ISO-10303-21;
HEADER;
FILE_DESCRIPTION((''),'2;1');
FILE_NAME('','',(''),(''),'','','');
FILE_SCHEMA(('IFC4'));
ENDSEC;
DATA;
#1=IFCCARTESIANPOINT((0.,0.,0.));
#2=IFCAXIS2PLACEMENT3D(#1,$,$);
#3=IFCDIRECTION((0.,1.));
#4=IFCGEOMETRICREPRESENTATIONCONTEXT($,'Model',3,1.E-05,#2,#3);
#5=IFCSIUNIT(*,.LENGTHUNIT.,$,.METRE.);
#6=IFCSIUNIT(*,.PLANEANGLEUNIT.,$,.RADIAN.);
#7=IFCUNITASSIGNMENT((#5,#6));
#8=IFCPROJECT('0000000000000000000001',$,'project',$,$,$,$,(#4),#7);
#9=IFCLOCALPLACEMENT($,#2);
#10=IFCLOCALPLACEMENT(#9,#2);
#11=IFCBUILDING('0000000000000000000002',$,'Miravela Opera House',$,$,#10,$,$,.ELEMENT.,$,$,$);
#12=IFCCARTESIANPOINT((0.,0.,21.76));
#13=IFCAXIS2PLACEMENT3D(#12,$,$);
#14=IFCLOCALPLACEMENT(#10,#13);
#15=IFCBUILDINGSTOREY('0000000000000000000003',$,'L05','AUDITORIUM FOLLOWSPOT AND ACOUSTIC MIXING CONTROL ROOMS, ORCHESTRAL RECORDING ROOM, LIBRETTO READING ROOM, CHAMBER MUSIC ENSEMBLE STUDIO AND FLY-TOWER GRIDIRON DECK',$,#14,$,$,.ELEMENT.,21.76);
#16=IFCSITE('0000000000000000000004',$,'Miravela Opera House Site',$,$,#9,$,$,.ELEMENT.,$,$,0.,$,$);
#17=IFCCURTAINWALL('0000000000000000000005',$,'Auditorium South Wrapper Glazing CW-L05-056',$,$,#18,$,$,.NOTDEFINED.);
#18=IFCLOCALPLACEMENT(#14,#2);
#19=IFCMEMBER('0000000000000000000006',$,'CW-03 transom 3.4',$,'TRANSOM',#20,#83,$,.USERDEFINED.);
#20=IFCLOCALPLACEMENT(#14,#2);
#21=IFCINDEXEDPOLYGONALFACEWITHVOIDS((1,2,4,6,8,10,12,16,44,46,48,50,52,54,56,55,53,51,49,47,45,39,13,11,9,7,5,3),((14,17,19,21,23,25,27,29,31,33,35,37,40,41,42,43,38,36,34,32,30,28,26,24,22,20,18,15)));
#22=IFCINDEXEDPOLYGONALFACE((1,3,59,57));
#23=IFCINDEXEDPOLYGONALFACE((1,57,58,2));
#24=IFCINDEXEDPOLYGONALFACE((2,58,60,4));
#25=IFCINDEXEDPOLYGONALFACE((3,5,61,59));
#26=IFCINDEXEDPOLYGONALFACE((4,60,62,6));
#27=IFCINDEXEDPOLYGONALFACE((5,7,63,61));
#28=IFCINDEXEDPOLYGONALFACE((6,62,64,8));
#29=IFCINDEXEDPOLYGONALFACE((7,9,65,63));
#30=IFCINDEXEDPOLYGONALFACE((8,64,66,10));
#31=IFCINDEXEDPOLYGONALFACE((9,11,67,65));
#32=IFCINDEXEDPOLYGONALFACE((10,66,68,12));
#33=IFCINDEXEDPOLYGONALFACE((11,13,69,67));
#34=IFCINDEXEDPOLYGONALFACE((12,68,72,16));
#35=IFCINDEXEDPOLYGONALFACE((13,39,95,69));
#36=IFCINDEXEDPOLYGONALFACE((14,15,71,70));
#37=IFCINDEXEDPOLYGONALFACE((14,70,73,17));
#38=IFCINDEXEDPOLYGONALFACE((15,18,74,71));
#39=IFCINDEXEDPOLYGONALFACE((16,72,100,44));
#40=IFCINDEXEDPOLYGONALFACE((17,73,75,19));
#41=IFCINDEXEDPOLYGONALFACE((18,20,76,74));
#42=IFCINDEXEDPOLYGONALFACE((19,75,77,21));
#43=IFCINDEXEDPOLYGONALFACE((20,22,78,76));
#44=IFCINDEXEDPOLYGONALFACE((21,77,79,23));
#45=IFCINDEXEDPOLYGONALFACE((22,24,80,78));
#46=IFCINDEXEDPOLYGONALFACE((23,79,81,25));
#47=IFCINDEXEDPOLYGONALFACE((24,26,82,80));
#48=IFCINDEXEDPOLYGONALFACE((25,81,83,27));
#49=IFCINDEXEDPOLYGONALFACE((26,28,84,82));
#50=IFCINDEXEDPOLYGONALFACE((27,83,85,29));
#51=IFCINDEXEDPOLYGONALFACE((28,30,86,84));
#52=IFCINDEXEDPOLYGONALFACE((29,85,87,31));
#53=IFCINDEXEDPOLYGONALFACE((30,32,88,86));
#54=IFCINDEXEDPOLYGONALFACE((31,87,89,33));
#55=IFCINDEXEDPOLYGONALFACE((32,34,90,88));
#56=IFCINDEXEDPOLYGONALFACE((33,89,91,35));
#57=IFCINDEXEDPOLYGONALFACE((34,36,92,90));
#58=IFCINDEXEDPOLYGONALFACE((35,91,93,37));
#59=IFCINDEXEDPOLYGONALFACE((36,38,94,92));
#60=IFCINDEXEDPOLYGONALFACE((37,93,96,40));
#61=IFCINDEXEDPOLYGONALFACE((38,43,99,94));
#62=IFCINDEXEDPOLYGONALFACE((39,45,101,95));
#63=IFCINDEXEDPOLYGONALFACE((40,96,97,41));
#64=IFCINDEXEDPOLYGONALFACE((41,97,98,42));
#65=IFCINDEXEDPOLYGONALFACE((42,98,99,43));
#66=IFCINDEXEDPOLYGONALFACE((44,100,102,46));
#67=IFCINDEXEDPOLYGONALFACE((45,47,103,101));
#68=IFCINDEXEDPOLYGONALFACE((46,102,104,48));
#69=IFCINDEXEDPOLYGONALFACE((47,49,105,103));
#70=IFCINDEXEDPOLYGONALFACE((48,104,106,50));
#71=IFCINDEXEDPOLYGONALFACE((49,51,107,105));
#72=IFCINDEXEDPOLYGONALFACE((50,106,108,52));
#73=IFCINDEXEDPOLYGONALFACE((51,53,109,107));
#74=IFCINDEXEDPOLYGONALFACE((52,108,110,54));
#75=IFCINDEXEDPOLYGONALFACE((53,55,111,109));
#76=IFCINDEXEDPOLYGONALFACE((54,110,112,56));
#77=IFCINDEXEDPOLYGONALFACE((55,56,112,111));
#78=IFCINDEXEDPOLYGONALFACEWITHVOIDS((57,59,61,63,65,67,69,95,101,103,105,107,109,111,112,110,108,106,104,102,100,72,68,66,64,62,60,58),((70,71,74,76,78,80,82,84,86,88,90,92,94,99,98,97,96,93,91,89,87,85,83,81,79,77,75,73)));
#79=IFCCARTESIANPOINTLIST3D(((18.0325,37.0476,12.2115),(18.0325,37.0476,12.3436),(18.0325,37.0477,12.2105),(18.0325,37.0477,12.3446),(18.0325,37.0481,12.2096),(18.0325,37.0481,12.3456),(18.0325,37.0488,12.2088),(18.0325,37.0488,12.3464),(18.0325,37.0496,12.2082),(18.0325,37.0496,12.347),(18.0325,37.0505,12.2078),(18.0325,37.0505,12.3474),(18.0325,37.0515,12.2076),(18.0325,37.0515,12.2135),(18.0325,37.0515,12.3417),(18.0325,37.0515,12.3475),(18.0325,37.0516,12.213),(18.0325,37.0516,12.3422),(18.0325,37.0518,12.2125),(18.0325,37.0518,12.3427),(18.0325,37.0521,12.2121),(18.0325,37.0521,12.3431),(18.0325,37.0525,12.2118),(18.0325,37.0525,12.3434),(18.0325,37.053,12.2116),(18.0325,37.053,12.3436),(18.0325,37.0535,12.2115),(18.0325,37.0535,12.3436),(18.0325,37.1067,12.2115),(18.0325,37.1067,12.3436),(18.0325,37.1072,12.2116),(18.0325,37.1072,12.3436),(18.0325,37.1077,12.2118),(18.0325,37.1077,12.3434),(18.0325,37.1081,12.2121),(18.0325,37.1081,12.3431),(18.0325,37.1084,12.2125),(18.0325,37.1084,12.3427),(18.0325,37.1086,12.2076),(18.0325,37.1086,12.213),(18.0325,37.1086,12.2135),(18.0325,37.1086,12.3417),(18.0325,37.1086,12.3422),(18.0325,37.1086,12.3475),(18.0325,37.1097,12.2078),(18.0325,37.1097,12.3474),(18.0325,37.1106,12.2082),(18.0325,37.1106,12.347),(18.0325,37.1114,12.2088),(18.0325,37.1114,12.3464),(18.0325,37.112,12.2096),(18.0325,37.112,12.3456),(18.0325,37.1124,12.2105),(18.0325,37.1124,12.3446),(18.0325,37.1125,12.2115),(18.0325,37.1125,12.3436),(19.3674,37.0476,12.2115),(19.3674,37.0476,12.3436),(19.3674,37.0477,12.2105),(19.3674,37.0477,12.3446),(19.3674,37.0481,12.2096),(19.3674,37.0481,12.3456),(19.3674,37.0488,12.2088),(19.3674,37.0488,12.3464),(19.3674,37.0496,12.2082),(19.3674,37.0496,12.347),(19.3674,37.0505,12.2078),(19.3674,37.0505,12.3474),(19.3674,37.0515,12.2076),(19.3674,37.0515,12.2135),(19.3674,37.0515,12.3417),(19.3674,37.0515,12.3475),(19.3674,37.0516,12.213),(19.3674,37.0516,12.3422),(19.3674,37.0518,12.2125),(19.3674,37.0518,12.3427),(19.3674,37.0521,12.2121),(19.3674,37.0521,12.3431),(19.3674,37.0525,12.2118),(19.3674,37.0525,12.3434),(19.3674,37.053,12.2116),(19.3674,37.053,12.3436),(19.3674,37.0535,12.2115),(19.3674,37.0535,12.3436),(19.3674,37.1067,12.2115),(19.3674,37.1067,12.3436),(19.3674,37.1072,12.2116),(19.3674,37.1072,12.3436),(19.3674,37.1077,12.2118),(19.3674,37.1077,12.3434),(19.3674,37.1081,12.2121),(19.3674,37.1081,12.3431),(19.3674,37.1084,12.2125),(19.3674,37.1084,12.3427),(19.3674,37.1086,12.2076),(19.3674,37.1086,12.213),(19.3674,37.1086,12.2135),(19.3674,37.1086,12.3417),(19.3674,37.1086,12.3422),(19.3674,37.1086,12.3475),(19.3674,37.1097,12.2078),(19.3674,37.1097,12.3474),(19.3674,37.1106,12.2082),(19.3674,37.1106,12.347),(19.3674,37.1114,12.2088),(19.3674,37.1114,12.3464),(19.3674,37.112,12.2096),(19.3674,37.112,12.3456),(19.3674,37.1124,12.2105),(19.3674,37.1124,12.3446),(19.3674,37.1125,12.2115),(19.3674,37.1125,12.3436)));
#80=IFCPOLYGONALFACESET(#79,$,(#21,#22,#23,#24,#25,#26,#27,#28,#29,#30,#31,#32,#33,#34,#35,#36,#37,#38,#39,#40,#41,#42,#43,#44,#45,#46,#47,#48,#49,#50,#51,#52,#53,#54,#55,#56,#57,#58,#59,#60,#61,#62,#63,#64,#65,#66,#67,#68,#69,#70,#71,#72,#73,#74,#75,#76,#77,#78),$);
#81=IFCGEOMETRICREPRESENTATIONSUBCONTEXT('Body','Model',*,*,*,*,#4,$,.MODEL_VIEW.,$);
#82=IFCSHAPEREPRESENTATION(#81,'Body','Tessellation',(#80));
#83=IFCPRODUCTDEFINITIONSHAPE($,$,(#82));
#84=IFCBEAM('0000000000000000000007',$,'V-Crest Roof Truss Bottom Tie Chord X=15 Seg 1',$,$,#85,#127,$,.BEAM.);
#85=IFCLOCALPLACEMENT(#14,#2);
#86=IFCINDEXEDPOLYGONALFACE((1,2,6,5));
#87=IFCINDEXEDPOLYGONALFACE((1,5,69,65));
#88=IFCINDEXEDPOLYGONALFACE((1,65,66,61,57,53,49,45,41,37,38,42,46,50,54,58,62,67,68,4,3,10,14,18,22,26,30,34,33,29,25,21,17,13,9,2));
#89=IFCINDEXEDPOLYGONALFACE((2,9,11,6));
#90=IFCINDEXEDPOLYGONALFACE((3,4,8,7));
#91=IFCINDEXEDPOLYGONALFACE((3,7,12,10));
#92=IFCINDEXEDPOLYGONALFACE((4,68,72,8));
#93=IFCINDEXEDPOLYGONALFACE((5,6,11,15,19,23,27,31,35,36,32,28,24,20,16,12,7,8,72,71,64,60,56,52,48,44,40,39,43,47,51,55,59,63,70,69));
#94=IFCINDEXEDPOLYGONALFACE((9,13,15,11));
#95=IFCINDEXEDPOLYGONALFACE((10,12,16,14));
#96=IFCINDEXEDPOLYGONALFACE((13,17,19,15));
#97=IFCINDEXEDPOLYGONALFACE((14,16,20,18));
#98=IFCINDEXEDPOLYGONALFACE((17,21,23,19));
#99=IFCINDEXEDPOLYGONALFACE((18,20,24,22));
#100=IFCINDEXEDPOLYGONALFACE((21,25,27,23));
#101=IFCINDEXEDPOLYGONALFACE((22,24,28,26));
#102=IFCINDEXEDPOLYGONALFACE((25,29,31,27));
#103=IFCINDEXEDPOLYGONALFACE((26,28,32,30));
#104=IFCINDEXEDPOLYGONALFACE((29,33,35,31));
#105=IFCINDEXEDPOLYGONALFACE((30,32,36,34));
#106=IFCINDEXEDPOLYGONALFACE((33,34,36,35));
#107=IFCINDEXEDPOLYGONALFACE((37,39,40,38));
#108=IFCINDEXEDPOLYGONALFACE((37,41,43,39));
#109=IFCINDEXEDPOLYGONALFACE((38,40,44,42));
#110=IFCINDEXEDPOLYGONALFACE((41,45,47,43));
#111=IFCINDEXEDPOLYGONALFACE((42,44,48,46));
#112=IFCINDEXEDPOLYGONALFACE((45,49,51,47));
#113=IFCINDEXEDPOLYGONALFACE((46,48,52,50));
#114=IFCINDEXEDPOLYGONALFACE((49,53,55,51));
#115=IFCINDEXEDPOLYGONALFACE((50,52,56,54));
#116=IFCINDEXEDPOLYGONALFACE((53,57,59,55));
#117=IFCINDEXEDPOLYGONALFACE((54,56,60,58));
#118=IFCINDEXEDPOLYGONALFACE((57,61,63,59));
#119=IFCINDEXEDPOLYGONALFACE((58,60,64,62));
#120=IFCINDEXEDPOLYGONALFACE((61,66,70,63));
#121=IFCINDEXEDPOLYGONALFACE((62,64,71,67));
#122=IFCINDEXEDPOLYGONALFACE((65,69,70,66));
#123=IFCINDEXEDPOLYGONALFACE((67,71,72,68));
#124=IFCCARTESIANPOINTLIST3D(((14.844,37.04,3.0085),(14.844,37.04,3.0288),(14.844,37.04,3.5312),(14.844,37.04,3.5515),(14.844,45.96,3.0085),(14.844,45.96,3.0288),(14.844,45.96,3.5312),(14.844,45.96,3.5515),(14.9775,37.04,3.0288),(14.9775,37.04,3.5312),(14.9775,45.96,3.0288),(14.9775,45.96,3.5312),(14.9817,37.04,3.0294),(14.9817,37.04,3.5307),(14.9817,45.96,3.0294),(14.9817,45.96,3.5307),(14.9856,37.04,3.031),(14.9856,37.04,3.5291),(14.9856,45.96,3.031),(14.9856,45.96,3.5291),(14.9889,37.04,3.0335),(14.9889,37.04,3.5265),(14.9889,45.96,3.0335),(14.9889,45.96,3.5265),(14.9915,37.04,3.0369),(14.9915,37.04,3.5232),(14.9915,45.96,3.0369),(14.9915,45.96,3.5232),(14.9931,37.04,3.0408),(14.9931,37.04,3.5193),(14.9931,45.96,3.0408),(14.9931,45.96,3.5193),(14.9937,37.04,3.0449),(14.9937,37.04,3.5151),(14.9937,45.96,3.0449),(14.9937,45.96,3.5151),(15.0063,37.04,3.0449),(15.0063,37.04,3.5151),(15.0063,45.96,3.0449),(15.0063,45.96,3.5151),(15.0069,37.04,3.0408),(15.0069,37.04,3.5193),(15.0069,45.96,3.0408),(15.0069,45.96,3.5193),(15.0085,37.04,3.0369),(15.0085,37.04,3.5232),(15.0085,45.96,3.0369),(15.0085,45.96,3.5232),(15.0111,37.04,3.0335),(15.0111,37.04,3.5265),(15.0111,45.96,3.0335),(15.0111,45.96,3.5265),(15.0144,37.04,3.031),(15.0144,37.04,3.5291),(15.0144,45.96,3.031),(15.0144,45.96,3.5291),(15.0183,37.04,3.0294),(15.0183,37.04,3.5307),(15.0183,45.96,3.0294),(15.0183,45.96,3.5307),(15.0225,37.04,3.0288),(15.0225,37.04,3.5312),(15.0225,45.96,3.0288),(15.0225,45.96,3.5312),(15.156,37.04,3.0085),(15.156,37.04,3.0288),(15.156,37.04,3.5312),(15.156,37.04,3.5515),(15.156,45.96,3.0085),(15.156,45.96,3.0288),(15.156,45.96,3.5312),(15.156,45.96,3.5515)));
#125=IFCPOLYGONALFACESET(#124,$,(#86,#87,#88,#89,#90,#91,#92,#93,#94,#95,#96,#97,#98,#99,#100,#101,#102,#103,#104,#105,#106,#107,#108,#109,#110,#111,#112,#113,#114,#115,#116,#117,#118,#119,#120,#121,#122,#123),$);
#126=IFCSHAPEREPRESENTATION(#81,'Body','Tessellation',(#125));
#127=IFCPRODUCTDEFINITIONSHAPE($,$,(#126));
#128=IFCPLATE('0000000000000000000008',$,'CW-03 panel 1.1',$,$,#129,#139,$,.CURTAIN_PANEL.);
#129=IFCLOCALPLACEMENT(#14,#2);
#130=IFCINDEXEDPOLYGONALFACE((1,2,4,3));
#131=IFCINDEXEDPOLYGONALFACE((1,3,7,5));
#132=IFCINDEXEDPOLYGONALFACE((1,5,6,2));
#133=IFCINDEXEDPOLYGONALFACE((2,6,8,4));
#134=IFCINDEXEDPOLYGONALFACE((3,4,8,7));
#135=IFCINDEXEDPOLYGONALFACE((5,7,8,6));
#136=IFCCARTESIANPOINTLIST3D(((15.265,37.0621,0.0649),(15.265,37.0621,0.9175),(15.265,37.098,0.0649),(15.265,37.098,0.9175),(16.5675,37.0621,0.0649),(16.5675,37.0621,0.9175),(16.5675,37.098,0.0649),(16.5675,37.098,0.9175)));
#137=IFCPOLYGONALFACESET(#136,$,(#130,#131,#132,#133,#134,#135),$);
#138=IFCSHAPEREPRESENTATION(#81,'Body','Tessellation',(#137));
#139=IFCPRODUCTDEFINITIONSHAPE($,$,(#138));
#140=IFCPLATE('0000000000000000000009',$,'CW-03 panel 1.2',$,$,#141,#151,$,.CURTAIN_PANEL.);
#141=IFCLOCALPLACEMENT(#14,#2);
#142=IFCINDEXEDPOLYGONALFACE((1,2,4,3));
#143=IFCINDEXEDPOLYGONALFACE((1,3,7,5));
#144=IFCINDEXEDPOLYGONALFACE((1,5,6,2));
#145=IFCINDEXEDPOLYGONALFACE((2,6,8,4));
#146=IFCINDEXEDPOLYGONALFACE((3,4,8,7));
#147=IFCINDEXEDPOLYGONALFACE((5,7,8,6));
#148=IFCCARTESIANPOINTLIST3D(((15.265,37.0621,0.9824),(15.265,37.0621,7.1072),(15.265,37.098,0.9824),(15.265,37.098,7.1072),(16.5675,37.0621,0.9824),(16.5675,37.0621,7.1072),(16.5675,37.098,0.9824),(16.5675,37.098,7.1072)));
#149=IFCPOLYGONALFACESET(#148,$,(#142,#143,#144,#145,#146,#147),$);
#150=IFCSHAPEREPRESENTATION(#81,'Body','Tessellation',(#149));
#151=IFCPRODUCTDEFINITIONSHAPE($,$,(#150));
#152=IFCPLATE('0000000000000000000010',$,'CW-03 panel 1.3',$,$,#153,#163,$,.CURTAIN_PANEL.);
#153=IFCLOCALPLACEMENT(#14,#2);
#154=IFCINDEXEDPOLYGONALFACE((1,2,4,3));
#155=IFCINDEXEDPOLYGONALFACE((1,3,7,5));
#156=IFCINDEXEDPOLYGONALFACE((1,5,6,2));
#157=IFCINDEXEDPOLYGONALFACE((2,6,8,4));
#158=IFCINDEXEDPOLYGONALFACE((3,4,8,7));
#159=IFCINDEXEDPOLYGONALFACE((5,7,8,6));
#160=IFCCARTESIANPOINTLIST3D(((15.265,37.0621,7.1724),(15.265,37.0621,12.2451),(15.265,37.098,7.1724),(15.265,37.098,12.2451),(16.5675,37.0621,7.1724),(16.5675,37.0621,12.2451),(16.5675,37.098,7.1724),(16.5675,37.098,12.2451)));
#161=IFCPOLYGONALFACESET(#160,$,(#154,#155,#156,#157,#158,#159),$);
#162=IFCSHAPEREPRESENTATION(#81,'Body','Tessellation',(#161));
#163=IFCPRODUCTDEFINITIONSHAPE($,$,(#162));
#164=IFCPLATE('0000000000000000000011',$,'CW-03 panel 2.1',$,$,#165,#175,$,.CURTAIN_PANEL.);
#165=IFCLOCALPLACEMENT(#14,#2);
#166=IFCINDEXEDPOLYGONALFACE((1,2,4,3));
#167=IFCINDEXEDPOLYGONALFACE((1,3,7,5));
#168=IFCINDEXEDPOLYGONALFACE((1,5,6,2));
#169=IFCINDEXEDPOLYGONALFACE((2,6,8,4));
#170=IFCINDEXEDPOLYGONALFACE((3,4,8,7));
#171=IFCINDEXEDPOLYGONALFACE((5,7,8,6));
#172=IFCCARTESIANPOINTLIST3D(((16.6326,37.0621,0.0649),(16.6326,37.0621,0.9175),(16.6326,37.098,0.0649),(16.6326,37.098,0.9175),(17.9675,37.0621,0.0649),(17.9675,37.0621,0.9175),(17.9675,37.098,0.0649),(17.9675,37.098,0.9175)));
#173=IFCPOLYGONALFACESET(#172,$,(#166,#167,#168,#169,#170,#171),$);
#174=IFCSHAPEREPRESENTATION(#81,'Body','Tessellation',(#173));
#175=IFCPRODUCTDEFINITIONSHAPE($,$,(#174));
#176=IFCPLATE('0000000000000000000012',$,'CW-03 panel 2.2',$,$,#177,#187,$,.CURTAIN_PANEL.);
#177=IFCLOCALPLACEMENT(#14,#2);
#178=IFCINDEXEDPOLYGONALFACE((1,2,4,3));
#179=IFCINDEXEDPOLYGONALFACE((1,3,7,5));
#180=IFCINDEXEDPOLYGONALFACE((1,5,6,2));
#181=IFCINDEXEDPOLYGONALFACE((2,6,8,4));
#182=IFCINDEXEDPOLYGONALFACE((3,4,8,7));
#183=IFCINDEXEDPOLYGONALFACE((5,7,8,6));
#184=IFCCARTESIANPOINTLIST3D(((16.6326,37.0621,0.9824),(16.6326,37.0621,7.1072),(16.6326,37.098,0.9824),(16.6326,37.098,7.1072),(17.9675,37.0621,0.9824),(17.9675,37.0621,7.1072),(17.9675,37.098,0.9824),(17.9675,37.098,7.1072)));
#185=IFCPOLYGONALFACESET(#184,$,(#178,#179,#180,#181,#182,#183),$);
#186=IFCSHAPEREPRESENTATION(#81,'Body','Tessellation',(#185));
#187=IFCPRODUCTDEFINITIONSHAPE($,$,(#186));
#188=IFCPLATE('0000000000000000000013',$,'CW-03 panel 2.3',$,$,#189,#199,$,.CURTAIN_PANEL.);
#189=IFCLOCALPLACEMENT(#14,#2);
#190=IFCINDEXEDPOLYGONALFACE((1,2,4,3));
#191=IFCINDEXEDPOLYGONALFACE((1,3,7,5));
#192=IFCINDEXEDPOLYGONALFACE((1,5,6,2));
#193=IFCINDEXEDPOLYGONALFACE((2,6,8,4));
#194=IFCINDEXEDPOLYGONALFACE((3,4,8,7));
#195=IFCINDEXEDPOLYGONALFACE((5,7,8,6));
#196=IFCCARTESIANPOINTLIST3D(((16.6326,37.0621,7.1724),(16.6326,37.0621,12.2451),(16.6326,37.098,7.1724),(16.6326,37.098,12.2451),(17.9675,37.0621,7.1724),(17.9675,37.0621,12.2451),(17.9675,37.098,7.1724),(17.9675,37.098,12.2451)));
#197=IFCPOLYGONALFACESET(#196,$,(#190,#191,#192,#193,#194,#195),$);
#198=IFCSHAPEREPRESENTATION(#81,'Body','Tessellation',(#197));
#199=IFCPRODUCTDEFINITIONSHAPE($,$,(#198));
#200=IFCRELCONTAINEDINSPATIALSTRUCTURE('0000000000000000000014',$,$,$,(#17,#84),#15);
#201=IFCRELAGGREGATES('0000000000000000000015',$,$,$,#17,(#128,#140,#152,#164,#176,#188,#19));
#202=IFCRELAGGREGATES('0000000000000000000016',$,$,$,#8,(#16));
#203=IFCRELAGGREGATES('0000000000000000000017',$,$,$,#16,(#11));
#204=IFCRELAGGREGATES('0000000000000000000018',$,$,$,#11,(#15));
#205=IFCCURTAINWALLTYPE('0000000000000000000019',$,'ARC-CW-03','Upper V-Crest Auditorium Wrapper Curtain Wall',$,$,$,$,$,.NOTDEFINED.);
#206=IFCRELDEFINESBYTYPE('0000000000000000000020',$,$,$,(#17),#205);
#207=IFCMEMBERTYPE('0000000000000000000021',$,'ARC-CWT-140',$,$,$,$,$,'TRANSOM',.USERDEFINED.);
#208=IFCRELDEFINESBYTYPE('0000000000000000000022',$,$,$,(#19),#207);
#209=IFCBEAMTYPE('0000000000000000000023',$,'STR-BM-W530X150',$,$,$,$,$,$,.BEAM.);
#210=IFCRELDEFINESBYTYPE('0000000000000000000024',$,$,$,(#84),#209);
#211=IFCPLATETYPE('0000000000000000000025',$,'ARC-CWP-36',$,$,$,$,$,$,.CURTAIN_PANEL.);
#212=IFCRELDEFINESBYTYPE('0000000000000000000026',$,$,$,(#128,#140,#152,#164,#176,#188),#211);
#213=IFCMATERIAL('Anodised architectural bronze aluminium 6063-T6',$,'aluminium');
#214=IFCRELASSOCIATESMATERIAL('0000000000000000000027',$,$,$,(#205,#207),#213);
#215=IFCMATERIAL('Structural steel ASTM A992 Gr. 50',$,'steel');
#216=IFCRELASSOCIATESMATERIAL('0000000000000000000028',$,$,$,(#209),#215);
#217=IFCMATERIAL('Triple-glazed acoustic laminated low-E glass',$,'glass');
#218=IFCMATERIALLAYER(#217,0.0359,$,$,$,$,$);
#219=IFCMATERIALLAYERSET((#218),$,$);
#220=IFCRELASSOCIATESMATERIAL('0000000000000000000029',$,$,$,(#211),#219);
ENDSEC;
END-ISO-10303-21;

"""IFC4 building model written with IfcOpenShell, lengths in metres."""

from ifc_helpers import new_model, si_unit, direction, frame, origin, origin_2d, place, context, subcontext, project, spatial, rectangle, hollow_rectangle, i_section, extrude, material, layer, layer_set, material_profile, profile_set, type_object, element, aggregate, save


model = new_model("IFC4")

# Units and contexts
model_context = context("Model", 3, precision=1e-05, world=origin(), true_north=direction((0.0, 1.0)))
body_context = subcontext(model_context, "Body", "Model", "MODEL_VIEW")
ifc_project = project(units=[si_unit("LENGTHUNIT", "METRE"), si_unit("PLANEANGLEUNIT", "RADIAN")], contexts=[model_context])

# Site, building, storey
site_placement = place(None, origin())
site = spatial("IfcSite", under=ifc_project, at=site_placement, Name="Miravela Opera House Site", CompositionType="ELEMENT", RefElevation=0.0)
building_placement = place(site_placement, origin())
building = spatial("IfcBuilding", under=site, at=building_placement, Name="Miravela Opera House", CompositionType="ELEMENT")
storey_placement = place(building_placement, frame((0.0, 0.0, 21.76)))
storey = spatial("IfcBuildingStorey", under=building, at=storey_placement, Name="L05", Description="AUDITORIUM FOLLOWSPOT AND ACOUSTIC MIXING CONTROL ROOMS, ORCHESTRAL RECORDING ROOM, LIBRETTO READING ROOM, CHAMBER MUSIC ENSEMBLE STUDIO AND FLY-TOWER GRIDIRON DECK", CompositionType="ELEMENT", Elevation=21.76)

# Curtain wall, member
ifc_material_1 = material(Name="Anodised architectural bronze aluminium 6063-T6", Category="aluminium")
curtain_wall_type = type_object("IfcCurtainWallType", Name="ARC-CW-03", Description="Upper V-Crest Auditorium Wrapper Curtain Wall", PredefinedType="NOTDEFINED", material=ifc_material_1)
curtain_wall_placement = place(storey_placement, origin())
curtain_wall = element("IfcCurtainWall", 1, at=curtain_wall_placement, inside=storey, type_object=curtain_wall_type, Name="Auditorium South Wrapper Glazing CW-L05-056", PredefinedType="NOTDEFINED")
ifc_material_profile_1 = material_profile(ifc_material_1, hollow_rectangle(XDim=0.0649, YDim=0.1399, WallThickness=0.0039, InnerFilletRadius=0.002, OuterFilletRadius=0.0039, at=origin_2d()), Name="CWT-65X140")
ifc_profile_set_1 = profile_set([ifc_material_profile_1])
member_type_1 = type_object("IfcMemberType", Name="ARC-CWT-140", ElementType="TRANSOM", PredefinedType="USERDEFINED", material=ifc_profile_set_1)
member_1_placement = place(storey_placement, frame((18.0325, 37.0801, 12.2776), z_axis=(1.0, 0.0, 0.0), x_axis=(0.0, 1.0, 0.0)))
member_1 = element("IfcMember", 2, at=member_1_placement, type_object=member_type_1, Name="CW-03 transom 3.4", ObjectType="TRANSOM", PredefinedType="USERDEFINED", context=body_context, shape_type="SweptSolid", body=[
    extrude(hollow_rectangle(XDim=0.0649, YDim=0.1399, WallThickness=0.0039, InnerFilletRadius=0.002, OuterFilletRadius=0.0039, at=origin_2d()), origin(), (0.0, 0.0, 1.0), 1.335),
])

# Beam
ifc_material_2 = material(Name="Structural steel ASTM A992 Gr. 50", Category="steel")
ifc_material_profile_2 = material_profile(ifc_material_2, i_section(OverallWidth=0.312, OverallDepth=0.543, WebThickness=0.0127, FlangeThickness=0.0203, FilletRadius=0.0161, at=origin_2d()), Name="W530X150")
ifc_profile_set_2 = profile_set([ifc_material_profile_2])
beam_type = type_object("IfcBeamType", Name="STR-BM-W530X150", PredefinedType="BEAM", material=ifc_profile_set_2)
beam_placement = place(storey_placement, frame((15.0, 37.04, 3.28), z_axis=(0.0, 1.0, 0.0), x_axis=(-1.0, 0.0, 0.0)))
element("IfcBeam", 3, at=beam_placement, inside=storey, type_object=beam_type, Name="V-Crest Roof Truss Bottom Tie Chord X=15 Seg 1", PredefinedType="BEAM", context=body_context, shape_type="SweptSolid", body=[
    extrude(i_section(OverallWidth=0.312, OverallDepth=0.543, WebThickness=0.0127, FlangeThickness=0.0203, FilletRadius=0.0161, at=origin_2d()), origin(), (0.0, 0.0, 1.0), 8.9199),
])

# Plates
ifc_material_3 = material(Name="Triple-glazed acoustic laminated low-E glass", Category="glass")
ifc_layer = layer(ifc_material_3, 0.0359)
ifc_layer_set = layer_set([ifc_layer])
plate_type = type_object("IfcPlateType", Name="ARC-CWP-36", PredefinedType="CURTAIN_PANEL", material=ifc_layer_set)
plate_1_placement = place(storey_placement, frame((15.9163, 37.0801, 0.0649), z_axis=(0.0, 0.0, 1.0), x_axis=(1.0, 0.0, 0.0)))
plate_1 = element("IfcPlate", 4, at=plate_1_placement, type_object=plate_type, Name="CW-03 panel 1.1", PredefinedType="CURTAIN_PANEL", context=body_context, shape_type="SweptSolid", body=[
    extrude(rectangle(XDim=1.3025, YDim=0.0359, at=origin_2d()), origin(), (0.0, 0.0, 1.0), 0.8525),
])
plate_2_placement = place(storey_placement, frame((15.9163, 37.0801, 0.9824), z_axis=(0.0, 0.0, 1.0), x_axis=(1.0, 0.0, 0.0)))
plate_2 = element("IfcPlate", 5, at=plate_2_placement, type_object=plate_type, Name="CW-03 panel 1.2", PredefinedType="CURTAIN_PANEL", context=body_context, shape_type="SweptSolid", body=[
    extrude(rectangle(XDim=1.3025, YDim=0.0359, at=origin_2d()), origin(), (0.0, 0.0, 1.0), 6.1248),
])
plate_3_placement = place(storey_placement, frame((15.9163, 37.0801, 7.1724), z_axis=(0.0, 0.0, 1.0), x_axis=(1.0, 0.0, 0.0)))
plate_3 = element("IfcPlate", 6, at=plate_3_placement, type_object=plate_type, Name="CW-03 panel 1.3", PredefinedType="CURTAIN_PANEL", context=body_context, shape_type="SweptSolid", body=[
    extrude(rectangle(XDim=1.3025, YDim=0.0359, at=origin_2d()), origin(), (0.0, 0.0, 1.0), 5.0728),
])
plate_4_placement = place(storey_placement, frame((17.3, 37.0801, 0.0649), z_axis=(0.0, 0.0, 1.0), x_axis=(1.0, 0.0, 0.0)))
plate_4 = element("IfcPlate", 7, at=plate_4_placement, type_object=plate_type, Name="CW-03 panel 2.1", PredefinedType="CURTAIN_PANEL", context=body_context, shape_type="SweptSolid", body=[
    extrude(rectangle(XDim=1.335, YDim=0.0359, at=origin_2d()), origin(), (0.0, 0.0, 1.0), 0.8525),
])
plate_5_placement = place(storey_placement, frame((17.3, 37.0801, 0.9824), z_axis=(0.0, 0.0, 1.0), x_axis=(1.0, 0.0, 0.0)))
plate_5 = element("IfcPlate", 8, at=plate_5_placement, type_object=plate_type, Name="CW-03 panel 2.2", PredefinedType="CURTAIN_PANEL", context=body_context, shape_type="SweptSolid", body=[
    extrude(rectangle(XDim=1.335, YDim=0.0359, at=origin_2d()), origin(), (0.0, 0.0, 1.0), 6.1248),
])
plate_6_placement = place(storey_placement, frame((17.3, 37.0801, 7.1724), z_axis=(0.0, 0.0, 1.0), x_axis=(1.0, 0.0, 0.0)))
plate_6 = element("IfcPlate", 9, at=plate_6_placement, type_object=plate_type, Name="CW-03 panel 2.3", PredefinedType="CURTAIN_PANEL", context=body_context, shape_type="SweptSolid", body=[
    extrude(rectangle(XDim=1.335, YDim=0.0359, at=origin_2d()), origin(), (0.0, 0.0, 1.0), 5.0728),
])
aggregate(curtain_wall, [plate_1, plate_2, plate_3, plate_4, plate_5, plate_6, member_1])

save(model, "model.ifc")
